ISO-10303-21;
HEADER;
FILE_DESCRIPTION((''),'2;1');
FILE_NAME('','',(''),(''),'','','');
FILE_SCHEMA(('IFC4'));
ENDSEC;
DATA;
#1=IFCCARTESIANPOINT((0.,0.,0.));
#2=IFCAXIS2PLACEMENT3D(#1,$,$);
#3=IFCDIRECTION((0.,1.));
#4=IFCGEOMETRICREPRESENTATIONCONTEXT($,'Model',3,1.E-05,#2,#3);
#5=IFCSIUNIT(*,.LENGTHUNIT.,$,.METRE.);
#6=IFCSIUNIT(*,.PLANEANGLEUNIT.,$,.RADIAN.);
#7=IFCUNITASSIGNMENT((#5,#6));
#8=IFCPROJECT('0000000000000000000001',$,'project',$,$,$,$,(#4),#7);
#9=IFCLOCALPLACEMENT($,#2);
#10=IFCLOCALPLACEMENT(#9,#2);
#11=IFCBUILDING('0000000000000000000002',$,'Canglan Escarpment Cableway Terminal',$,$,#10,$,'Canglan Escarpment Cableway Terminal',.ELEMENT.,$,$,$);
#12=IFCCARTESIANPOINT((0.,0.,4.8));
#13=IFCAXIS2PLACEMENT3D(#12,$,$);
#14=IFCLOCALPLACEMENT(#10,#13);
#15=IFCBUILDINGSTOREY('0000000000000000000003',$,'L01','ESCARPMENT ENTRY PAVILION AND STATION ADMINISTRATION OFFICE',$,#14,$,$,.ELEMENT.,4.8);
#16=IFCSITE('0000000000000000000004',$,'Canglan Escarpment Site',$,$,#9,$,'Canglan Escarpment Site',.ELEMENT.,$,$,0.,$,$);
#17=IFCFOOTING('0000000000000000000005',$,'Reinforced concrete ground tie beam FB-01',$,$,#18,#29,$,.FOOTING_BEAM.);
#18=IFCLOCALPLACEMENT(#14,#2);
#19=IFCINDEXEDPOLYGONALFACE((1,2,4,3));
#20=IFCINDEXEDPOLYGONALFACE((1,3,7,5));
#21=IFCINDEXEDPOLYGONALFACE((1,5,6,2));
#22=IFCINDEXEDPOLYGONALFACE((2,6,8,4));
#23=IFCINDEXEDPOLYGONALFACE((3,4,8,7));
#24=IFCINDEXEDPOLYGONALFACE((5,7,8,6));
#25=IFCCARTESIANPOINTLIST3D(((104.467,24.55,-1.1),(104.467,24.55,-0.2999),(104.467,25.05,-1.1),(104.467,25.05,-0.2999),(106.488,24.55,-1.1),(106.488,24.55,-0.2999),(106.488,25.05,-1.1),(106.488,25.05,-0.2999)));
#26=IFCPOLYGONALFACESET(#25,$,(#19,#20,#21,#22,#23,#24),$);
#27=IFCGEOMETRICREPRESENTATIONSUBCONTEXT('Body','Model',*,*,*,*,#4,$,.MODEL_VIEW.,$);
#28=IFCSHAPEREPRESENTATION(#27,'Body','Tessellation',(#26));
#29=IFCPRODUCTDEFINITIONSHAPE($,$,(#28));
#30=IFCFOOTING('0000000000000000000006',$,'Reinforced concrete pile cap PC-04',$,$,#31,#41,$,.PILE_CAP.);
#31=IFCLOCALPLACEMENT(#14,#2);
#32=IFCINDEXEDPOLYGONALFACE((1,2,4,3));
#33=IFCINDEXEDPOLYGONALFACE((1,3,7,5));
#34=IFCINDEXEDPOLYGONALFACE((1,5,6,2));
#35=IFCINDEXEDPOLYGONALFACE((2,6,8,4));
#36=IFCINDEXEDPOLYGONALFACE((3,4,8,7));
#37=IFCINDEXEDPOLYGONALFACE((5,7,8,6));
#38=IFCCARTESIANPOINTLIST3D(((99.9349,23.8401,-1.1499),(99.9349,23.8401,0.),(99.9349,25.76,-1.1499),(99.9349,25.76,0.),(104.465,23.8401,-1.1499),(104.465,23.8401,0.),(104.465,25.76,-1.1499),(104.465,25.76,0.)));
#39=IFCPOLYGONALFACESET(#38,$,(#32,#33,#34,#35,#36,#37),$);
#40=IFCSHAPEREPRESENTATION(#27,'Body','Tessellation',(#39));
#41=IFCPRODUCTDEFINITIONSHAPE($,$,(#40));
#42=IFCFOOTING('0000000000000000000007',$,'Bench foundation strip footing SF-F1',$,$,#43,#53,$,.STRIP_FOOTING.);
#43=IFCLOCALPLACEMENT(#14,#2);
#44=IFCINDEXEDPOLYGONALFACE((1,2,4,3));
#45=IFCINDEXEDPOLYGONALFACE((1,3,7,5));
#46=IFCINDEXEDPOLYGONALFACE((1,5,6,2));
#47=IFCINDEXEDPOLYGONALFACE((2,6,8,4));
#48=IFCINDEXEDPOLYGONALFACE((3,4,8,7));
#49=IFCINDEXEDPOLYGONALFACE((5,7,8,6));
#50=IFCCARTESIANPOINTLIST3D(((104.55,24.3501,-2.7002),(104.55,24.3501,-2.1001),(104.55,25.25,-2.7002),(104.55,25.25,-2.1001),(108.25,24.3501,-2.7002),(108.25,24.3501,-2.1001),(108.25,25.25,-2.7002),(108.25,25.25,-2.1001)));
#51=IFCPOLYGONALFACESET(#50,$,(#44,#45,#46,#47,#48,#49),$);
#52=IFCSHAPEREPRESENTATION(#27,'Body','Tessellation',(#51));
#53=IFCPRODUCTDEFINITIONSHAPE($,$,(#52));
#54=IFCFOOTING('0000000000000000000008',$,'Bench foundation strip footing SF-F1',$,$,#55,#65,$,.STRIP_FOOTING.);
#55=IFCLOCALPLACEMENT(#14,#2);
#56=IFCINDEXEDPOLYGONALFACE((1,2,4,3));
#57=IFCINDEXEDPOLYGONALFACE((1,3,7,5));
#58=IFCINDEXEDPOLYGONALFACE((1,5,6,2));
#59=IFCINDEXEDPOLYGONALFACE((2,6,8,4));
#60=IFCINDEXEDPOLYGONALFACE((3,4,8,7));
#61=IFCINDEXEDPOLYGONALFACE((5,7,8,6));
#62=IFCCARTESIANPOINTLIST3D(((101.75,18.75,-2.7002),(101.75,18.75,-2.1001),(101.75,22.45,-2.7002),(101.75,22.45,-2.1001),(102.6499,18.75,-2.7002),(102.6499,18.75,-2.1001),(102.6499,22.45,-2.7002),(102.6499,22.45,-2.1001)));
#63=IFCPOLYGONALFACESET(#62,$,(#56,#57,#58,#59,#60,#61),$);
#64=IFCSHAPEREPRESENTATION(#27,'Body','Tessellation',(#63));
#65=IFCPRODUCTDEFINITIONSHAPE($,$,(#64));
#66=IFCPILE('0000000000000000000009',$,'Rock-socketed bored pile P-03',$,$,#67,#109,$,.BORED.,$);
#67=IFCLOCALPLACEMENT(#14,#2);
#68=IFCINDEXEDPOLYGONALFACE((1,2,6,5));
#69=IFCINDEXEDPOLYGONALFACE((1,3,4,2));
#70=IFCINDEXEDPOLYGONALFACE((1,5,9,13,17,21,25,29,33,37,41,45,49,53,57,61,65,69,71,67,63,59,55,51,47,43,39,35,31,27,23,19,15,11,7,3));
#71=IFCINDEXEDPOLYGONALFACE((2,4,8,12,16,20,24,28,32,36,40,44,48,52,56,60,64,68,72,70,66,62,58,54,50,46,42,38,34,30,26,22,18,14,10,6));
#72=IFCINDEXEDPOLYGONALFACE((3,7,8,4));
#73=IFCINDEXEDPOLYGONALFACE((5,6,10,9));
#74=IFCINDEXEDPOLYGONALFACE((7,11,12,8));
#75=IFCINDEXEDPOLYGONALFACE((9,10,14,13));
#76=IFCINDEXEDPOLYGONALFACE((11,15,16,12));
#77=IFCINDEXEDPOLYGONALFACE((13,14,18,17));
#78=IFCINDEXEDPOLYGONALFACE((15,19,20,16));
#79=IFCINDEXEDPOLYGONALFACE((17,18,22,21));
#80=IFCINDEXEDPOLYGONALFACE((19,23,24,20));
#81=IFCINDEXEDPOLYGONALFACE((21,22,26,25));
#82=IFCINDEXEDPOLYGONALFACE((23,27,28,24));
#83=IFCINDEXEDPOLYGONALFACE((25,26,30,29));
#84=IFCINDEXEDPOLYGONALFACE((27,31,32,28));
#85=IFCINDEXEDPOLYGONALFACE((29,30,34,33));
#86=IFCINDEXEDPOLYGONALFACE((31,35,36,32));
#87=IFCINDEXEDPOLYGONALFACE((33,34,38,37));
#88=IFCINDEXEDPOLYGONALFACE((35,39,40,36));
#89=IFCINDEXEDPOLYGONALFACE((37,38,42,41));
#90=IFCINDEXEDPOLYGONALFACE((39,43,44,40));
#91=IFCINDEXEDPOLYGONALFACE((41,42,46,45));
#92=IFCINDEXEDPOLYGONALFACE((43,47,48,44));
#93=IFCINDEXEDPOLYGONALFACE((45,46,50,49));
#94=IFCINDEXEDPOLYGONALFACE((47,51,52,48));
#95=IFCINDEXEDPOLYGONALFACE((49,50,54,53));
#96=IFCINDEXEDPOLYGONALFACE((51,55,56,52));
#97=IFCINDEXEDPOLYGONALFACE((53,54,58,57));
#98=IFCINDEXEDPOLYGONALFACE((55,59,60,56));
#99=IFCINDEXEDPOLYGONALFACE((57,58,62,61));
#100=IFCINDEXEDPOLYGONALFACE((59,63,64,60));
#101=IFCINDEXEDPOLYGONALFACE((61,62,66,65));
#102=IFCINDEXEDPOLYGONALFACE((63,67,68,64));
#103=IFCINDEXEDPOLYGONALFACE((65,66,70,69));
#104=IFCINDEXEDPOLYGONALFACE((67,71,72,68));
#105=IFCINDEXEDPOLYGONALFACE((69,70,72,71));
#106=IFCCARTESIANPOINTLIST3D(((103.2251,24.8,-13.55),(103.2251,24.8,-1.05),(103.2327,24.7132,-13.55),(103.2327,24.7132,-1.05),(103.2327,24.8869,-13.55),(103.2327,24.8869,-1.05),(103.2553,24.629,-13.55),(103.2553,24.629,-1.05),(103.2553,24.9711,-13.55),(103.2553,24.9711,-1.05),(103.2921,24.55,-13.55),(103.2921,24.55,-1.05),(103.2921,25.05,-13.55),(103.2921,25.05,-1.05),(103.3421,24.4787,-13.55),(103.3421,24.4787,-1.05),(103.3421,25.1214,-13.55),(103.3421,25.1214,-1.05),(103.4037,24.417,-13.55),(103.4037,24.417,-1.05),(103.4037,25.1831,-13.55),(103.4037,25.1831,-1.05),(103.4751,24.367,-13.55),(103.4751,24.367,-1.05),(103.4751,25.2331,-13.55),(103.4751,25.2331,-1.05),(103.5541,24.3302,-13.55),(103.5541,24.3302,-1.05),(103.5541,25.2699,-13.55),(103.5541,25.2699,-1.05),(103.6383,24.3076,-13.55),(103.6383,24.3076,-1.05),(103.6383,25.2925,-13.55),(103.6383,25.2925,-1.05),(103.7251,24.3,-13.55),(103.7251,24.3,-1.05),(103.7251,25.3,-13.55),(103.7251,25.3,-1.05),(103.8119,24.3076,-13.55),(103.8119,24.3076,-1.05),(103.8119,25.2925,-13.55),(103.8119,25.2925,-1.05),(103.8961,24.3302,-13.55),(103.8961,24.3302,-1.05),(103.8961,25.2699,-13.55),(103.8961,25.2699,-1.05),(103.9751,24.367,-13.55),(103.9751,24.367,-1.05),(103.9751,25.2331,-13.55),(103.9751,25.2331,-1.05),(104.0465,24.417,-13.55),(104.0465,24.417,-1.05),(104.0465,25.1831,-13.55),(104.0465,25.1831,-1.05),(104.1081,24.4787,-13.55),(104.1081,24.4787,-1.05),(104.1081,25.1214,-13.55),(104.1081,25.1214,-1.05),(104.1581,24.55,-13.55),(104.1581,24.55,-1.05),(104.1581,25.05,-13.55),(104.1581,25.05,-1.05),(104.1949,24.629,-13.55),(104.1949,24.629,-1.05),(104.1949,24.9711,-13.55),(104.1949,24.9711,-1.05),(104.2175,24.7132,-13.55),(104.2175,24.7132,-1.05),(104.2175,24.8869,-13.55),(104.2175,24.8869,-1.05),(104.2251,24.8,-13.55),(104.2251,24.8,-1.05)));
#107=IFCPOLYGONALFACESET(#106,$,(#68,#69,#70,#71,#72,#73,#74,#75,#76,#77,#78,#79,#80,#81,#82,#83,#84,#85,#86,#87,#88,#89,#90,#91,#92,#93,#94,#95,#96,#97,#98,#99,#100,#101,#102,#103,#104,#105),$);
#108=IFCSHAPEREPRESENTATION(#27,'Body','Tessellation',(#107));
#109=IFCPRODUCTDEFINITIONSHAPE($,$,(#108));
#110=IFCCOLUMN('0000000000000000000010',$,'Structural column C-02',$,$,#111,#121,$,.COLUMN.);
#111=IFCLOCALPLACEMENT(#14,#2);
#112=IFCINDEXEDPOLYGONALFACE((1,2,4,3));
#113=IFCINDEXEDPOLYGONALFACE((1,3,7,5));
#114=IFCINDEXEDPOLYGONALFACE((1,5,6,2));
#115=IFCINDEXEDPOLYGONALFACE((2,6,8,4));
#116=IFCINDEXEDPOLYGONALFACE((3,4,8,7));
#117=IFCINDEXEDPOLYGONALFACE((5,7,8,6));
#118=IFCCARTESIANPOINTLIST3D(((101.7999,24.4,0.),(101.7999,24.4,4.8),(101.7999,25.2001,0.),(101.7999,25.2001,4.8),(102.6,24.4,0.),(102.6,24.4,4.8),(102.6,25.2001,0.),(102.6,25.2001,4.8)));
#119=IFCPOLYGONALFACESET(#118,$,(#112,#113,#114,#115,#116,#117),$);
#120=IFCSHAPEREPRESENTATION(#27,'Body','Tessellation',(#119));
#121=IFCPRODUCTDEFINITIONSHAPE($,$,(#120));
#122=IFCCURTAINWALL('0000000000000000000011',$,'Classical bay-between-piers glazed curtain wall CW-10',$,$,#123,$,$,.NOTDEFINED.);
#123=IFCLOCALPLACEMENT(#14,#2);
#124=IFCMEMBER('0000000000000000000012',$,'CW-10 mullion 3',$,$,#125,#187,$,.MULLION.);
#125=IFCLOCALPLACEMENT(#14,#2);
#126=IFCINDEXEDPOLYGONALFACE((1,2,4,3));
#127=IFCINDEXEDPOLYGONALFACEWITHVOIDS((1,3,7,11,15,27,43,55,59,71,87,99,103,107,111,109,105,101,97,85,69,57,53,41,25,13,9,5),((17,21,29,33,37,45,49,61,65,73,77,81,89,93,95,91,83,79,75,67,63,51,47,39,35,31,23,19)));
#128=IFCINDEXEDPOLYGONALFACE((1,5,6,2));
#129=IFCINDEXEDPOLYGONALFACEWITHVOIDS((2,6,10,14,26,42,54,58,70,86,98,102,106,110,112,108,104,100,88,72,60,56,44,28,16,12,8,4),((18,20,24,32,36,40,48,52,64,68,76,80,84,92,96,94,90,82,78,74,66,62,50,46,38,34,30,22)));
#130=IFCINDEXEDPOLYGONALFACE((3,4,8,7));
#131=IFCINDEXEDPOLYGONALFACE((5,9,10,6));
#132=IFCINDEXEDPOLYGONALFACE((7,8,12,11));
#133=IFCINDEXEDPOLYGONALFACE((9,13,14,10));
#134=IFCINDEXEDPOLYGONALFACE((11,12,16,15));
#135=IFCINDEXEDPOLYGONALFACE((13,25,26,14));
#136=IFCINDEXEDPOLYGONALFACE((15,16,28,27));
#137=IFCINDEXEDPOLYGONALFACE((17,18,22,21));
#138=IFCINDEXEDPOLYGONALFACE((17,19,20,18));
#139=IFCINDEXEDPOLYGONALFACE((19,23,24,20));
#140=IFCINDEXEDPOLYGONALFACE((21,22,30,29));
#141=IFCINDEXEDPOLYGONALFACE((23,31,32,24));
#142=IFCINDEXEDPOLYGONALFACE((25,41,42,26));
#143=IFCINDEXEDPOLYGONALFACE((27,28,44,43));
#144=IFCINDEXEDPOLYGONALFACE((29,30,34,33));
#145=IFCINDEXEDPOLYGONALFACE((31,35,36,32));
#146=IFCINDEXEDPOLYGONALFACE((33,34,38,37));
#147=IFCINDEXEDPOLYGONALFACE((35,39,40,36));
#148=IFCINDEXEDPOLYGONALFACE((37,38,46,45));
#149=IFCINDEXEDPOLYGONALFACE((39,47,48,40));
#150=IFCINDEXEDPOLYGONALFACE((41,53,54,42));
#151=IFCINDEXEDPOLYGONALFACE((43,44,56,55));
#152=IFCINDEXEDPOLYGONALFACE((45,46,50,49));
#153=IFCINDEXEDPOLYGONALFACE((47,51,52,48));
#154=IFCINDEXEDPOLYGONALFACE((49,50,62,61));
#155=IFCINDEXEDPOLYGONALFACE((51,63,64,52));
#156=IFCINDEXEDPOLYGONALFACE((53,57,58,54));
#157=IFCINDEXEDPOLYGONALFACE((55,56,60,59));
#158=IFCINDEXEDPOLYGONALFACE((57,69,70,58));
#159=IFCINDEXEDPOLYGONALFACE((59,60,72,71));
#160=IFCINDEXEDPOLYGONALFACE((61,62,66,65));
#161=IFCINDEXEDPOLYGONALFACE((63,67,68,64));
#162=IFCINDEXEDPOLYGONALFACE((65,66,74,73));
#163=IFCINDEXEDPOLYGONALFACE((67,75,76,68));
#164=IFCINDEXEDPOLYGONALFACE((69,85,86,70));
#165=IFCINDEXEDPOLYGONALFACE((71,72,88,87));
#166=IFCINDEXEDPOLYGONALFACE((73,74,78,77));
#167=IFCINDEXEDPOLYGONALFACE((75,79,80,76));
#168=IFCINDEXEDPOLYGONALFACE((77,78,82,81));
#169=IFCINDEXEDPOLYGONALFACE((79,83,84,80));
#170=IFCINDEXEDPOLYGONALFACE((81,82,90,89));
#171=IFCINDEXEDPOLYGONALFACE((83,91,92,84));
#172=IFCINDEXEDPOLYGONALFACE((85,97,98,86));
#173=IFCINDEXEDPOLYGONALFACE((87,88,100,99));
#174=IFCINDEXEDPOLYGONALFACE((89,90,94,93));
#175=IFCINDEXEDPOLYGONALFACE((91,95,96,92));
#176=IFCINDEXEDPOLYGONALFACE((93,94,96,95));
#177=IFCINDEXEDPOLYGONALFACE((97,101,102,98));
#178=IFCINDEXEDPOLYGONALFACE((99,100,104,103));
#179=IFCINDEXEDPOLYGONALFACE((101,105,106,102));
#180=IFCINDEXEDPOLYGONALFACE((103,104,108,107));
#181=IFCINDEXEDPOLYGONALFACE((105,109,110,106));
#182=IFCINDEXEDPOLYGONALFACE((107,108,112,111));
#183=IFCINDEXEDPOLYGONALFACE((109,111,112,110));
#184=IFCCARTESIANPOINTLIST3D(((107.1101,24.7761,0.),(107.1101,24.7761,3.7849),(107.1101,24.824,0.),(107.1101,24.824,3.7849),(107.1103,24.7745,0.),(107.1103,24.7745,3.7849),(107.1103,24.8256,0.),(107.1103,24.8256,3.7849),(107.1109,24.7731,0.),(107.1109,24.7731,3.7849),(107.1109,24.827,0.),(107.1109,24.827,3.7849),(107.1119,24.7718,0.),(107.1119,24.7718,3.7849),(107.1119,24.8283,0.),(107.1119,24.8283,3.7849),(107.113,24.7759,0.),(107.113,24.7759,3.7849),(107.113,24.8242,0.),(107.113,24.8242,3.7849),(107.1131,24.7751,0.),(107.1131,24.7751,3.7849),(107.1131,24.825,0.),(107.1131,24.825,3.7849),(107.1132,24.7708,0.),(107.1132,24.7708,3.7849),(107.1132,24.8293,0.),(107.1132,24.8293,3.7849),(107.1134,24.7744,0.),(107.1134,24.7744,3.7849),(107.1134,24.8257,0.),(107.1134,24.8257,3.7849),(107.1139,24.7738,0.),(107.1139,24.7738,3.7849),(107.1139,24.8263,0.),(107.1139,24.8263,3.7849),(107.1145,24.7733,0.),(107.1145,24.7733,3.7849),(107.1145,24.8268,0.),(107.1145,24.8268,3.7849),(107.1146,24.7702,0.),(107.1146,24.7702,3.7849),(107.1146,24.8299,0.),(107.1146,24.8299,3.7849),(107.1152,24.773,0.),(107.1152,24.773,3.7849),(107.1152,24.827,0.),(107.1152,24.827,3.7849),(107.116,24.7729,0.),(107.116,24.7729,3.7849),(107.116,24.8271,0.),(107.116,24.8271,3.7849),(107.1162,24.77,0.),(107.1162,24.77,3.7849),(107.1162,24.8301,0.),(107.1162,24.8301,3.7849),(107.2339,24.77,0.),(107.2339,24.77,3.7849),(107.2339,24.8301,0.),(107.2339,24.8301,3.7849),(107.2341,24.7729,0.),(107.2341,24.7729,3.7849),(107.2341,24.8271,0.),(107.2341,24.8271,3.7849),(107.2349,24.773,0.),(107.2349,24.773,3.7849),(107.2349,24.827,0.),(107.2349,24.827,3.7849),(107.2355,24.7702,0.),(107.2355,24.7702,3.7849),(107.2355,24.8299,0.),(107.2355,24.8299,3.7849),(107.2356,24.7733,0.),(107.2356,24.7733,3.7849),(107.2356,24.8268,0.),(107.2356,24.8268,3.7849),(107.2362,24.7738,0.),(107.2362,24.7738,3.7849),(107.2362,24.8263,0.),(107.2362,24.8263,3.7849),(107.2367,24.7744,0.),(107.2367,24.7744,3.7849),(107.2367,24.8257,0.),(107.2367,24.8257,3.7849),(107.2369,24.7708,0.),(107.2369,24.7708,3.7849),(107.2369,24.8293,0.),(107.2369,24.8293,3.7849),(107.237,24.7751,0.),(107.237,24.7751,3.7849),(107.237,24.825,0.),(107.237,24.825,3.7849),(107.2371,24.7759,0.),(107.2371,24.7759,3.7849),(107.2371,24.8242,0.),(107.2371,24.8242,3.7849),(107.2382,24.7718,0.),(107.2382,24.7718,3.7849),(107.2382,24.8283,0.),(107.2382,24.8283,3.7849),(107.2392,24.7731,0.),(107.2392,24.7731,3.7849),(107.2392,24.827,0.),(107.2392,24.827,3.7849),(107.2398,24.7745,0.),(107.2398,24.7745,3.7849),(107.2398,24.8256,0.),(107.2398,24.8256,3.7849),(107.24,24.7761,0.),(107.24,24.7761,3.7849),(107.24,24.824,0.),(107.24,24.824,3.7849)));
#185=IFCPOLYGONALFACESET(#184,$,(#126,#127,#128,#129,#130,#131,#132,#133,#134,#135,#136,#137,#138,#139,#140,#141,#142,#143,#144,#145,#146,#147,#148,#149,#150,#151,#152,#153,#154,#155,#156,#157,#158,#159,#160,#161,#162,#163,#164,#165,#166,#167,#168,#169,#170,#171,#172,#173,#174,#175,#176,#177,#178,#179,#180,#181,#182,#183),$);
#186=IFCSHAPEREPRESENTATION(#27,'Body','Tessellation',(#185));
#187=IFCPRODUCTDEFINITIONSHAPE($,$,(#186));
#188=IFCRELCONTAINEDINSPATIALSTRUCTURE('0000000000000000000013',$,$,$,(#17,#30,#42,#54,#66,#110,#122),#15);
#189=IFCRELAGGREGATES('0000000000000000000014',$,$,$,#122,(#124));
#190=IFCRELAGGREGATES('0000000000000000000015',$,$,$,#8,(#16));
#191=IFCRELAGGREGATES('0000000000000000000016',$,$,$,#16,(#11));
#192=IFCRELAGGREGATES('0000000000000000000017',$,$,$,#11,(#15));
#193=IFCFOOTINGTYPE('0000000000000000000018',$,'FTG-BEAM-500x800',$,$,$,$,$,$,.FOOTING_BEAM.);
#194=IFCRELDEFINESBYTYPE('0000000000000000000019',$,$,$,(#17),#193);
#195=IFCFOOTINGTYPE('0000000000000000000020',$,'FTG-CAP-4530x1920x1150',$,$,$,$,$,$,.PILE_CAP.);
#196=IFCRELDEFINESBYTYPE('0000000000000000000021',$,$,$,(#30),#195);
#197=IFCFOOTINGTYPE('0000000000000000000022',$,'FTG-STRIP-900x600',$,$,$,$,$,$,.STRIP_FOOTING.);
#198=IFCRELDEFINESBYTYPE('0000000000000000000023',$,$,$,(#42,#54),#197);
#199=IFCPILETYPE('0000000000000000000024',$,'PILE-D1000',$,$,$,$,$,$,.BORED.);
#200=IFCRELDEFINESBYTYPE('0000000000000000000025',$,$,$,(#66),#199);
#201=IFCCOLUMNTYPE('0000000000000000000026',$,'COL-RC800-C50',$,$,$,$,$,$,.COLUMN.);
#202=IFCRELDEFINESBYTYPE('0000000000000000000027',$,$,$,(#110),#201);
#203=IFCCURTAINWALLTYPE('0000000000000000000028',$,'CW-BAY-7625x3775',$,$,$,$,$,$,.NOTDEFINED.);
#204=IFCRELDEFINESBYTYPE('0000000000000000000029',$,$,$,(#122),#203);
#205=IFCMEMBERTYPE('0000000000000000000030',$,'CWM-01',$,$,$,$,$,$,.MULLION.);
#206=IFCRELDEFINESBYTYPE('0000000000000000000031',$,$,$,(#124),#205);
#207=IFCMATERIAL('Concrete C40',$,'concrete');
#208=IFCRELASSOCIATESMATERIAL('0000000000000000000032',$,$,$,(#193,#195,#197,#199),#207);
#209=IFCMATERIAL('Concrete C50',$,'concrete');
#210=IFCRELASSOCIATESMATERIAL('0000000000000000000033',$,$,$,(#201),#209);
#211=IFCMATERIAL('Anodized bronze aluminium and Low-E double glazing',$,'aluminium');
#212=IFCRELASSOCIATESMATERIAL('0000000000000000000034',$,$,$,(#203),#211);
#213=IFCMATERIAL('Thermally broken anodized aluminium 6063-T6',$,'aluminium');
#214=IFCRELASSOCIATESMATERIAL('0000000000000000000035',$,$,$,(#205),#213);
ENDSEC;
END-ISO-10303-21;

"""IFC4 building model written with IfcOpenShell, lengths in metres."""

from ifc_helpers import new_model, si_unit, direction, frame, origin, origin_2d, place, context, subcontext, project, spatial, rectangle, hollow_rectangle, circle, extrude, material, material_profile, profile_set, type_object, element, aggregate, save


model = new_model("IFC4")

# Units and contexts
model_context = context("Model", 3, precision=1e-05, world=origin(), true_north=direction((0.0, 1.0)))
body_context = subcontext(model_context, "Body", "Model", "MODEL_VIEW")
ifc_project = project(units=[si_unit("LENGTHUNIT", "METRE"), si_unit("PLANEANGLEUNIT", "RADIAN")], contexts=[model_context])

# Site, building, storey
site_placement = place(None, origin())
site = spatial("IfcSite", under=ifc_project, at=site_placement, Name="Canglan Escarpment Site", LongName="Canglan Escarpment Site", CompositionType="ELEMENT", RefElevation=0.0)
building_placement = place(site_placement, origin())
building = spatial("IfcBuilding", under=site, at=building_placement, Name="Canglan Escarpment Cableway Terminal", LongName="Canglan Escarpment Cableway Terminal", CompositionType="ELEMENT")
storey_placement = place(building_placement, frame((0.0, 0.0, 4.8)))
storey = spatial("IfcBuildingStorey", under=building, at=storey_placement, Name="L01", Description="ESCARPMENT ENTRY PAVILION AND STATION ADMINISTRATION OFFICE", CompositionType="ELEMENT", Elevation=4.8)

# Footings
ifc_material_1 = material(Name="Concrete C40", Category="concrete")
ifc_material_profile_1 = material_profile(ifc_material_1, rectangle(XDim=0.5, YDim=0.8, at=origin_2d()), Name="FB 500x800")
ifc_profile_set_1 = profile_set([ifc_material_profile_1], Name="Concrete C40")
footing_type_1 = type_object("IfcFootingType", Name="FTG-BEAM-500x800", PredefinedType="FOOTING_BEAM", material=ifc_profile_set_1)
footing_1_placement = place(storey_placement, frame((104.467, 24.8, -0.7), z_axis=(1.0, 0.0, 0.0), x_axis=(0.0, 1.0, 0.0)))
element("IfcFooting", 1, at=footing_1_placement, inside=storey, type_object=footing_type_1, Name="Reinforced concrete ground tie beam FB-01", PredefinedType="FOOTING_BEAM", context=body_context, shape_type="SweptSolid", body=[
    extrude(rectangle(XDim=0.5, YDim=0.8, at=origin_2d()), origin(), (0.0, 0.0, 1.0), 2.021),
])
footing_type_2 = type_object("IfcFootingType", Name="FTG-CAP-4530x1920x1150", PredefinedType="PILE_CAP", material=ifc_material_1)
footing_2_placement = place(storey_placement, frame((102.2, 24.8, -1.1499), z_axis=(0.0, 0.0, 1.0), x_axis=(1.0, 0.0, 0.0)))
element("IfcFooting", 2, at=footing_2_placement, inside=storey, type_object=footing_type_2, Name="Reinforced concrete pile cap PC-04", PredefinedType="PILE_CAP", context=body_context, shape_type="SweptSolid", body=[
    extrude(rectangle(XDim=4.53, YDim=1.9199, at=origin_2d()), origin(), (0.0, 0.0, 1.0), 1.1499),
])
ifc_material_profile_2 = material_profile(ifc_material_1, rectangle(XDim=0.8999, YDim=0.6001, at=origin_2d()), Name="SF 900x600")
ifc_profile_set_2 = profile_set([ifc_material_profile_2], Name="Concrete C40")
footing_type_3 = type_object("IfcFootingType", Name="FTG-STRIP-900x600", PredefinedType="STRIP_FOOTING", material=ifc_profile_set_2)
for number, where, z_axis, x_axis, name in (
    (3, (104.55, 24.8, -2.4001), (1.0, 0.0, 0.0), (0.0, 1.0, 0.0), "Bench foundation strip footing SF-F1"),
    (4, (102.2, 18.75, -2.4001), (0.0, 1.0, 0.0), (-1.0, 0.0, 0.0), "Bench foundation strip footing SF-F1"),
):
    element("IfcFooting", number, at=place(storey_placement, frame(where, z_axis=z_axis, x_axis=x_axis)), inside=storey, type_object=footing_type_3, Name=name, PredefinedType="STRIP_FOOTING", context=body_context, shape_type="SweptSolid", body=[
        extrude(rectangle(XDim=0.8999, YDim=0.6001, at=origin_2d()), origin(), (0.0, 0.0, 1.0), 3.7),
    ])

# Pile
ifc_material_profile_3 = material_profile(ifc_material_1, circle(Radius=0.5, at=origin_2d()), Name="BORED PILE D1000")
ifc_profile_set_3 = profile_set([ifc_material_profile_3], Name="Concrete C40")
pile_type = type_object("IfcPileType", Name="PILE-D1000", PredefinedType="BORED", material=ifc_profile_set_3)
pile_placement = place(storey_placement, frame((103.7251, 24.8, -1.05), z_axis=(0.0, 0.0, -1.0), x_axis=(1.0, 0.0, 0.0)))
element("IfcPile", 5, at=pile_placement, inside=storey, type_object=pile_type, Name="Rock-socketed bored pile P-03", PredefinedType="BORED", context=body_context, shape_type="SweptSolid", body=[
    extrude(circle(Radius=0.5, at=origin_2d()), origin(), (0.0, 0.0, 1.0), 12.5),
])

# Column
ifc_material_2 = material(Name="Concrete C50", Category="concrete")
ifc_material_profile_4 = material_profile(ifc_material_2, rectangle(XDim=0.8, YDim=0.8, at=origin_2d()), Name="RC 800x800")
ifc_profile_set_4 = profile_set([ifc_material_profile_4], Name="Concrete C50")
column_type = type_object("IfcColumnType", Name="COL-RC800-C50", PredefinedType="COLUMN", material=ifc_profile_set_4)
column_placement = place(storey_placement, frame((102.2, 24.8, 0.0), z_axis=(0.0, 0.0, 1.0), x_axis=(1.0, 0.0, 0.0)))
element("IfcColumn", 6, at=column_placement, inside=storey, type_object=column_type, Name="Structural column C-02", PredefinedType="COLUMN", context=body_context, shape_type="SweptSolid", body=[
    extrude(rectangle(XDim=0.8, YDim=0.8, at=origin_2d()), origin(), (0.0, 0.0, 1.0), 4.8),
])

# Curtain wall, member
ifc_material_3 = material(Name="Anodized bronze aluminium and Low-E double glazing", Category="aluminium")
curtain_wall_type_1 = type_object("IfcCurtainWallType", Name="CW-BAY-7625x3775", PredefinedType="NOTDEFINED", material=ifc_material_3)
curtain_wall_1_placement = place(storey_placement, origin())
curtain_wall_1 = element("IfcCurtainWall", 7, at=curtain_wall_1_placement, inside=storey, type_object=curtain_wall_type_1, Name="Classical bay-between-piers glazed curtain wall CW-10", PredefinedType="NOTDEFINED")
ifc_material_4 = material(Name="Thermally broken anodized aluminium 6063-T6", Category="aluminium")
ifc_material_profile_5 = material_profile(ifc_material_4, hollow_rectangle(XDim=0.0601, YDim=0.1299, WallThickness=0.0029, InnerFilletRadius=0.0029, OuterFilletRadius=0.0061, at=origin_2d()), Name="ALU-MULL 60x130x3")
ifc_profile_set_5 = profile_set([ifc_material_profile_5], Name="Thermally broken anodized aluminium 6063-T6")
member_type_1 = type_object("IfcMemberType", Name="CWM-01", PredefinedType="MULLION", material=ifc_profile_set_5)
member_1_placement = place(storey_placement, frame((107.175, 24.8, 0.0), z_axis=(0.0, 0.0, 1.0), x_axis=(0.0, -1.0, 0.0)))
member_1 = element("IfcMember", 8, at=member_1_placement, type_object=member_type_1, Name="CW-10 mullion 3", PredefinedType="MULLION", context=body_context, shape_type="SweptSolid", body=[
    extrude(hollow_rectangle(XDim=0.0601, YDim=0.1299, WallThickness=0.0029, InnerFilletRadius=0.0029, OuterFilletRadius=0.0061, at=origin_2d()), origin(), (0.0, 0.0, 1.0), 3.7849),
])

aggregate(curtain_wall_1, [member_1])

save(model, "model.ifc")
